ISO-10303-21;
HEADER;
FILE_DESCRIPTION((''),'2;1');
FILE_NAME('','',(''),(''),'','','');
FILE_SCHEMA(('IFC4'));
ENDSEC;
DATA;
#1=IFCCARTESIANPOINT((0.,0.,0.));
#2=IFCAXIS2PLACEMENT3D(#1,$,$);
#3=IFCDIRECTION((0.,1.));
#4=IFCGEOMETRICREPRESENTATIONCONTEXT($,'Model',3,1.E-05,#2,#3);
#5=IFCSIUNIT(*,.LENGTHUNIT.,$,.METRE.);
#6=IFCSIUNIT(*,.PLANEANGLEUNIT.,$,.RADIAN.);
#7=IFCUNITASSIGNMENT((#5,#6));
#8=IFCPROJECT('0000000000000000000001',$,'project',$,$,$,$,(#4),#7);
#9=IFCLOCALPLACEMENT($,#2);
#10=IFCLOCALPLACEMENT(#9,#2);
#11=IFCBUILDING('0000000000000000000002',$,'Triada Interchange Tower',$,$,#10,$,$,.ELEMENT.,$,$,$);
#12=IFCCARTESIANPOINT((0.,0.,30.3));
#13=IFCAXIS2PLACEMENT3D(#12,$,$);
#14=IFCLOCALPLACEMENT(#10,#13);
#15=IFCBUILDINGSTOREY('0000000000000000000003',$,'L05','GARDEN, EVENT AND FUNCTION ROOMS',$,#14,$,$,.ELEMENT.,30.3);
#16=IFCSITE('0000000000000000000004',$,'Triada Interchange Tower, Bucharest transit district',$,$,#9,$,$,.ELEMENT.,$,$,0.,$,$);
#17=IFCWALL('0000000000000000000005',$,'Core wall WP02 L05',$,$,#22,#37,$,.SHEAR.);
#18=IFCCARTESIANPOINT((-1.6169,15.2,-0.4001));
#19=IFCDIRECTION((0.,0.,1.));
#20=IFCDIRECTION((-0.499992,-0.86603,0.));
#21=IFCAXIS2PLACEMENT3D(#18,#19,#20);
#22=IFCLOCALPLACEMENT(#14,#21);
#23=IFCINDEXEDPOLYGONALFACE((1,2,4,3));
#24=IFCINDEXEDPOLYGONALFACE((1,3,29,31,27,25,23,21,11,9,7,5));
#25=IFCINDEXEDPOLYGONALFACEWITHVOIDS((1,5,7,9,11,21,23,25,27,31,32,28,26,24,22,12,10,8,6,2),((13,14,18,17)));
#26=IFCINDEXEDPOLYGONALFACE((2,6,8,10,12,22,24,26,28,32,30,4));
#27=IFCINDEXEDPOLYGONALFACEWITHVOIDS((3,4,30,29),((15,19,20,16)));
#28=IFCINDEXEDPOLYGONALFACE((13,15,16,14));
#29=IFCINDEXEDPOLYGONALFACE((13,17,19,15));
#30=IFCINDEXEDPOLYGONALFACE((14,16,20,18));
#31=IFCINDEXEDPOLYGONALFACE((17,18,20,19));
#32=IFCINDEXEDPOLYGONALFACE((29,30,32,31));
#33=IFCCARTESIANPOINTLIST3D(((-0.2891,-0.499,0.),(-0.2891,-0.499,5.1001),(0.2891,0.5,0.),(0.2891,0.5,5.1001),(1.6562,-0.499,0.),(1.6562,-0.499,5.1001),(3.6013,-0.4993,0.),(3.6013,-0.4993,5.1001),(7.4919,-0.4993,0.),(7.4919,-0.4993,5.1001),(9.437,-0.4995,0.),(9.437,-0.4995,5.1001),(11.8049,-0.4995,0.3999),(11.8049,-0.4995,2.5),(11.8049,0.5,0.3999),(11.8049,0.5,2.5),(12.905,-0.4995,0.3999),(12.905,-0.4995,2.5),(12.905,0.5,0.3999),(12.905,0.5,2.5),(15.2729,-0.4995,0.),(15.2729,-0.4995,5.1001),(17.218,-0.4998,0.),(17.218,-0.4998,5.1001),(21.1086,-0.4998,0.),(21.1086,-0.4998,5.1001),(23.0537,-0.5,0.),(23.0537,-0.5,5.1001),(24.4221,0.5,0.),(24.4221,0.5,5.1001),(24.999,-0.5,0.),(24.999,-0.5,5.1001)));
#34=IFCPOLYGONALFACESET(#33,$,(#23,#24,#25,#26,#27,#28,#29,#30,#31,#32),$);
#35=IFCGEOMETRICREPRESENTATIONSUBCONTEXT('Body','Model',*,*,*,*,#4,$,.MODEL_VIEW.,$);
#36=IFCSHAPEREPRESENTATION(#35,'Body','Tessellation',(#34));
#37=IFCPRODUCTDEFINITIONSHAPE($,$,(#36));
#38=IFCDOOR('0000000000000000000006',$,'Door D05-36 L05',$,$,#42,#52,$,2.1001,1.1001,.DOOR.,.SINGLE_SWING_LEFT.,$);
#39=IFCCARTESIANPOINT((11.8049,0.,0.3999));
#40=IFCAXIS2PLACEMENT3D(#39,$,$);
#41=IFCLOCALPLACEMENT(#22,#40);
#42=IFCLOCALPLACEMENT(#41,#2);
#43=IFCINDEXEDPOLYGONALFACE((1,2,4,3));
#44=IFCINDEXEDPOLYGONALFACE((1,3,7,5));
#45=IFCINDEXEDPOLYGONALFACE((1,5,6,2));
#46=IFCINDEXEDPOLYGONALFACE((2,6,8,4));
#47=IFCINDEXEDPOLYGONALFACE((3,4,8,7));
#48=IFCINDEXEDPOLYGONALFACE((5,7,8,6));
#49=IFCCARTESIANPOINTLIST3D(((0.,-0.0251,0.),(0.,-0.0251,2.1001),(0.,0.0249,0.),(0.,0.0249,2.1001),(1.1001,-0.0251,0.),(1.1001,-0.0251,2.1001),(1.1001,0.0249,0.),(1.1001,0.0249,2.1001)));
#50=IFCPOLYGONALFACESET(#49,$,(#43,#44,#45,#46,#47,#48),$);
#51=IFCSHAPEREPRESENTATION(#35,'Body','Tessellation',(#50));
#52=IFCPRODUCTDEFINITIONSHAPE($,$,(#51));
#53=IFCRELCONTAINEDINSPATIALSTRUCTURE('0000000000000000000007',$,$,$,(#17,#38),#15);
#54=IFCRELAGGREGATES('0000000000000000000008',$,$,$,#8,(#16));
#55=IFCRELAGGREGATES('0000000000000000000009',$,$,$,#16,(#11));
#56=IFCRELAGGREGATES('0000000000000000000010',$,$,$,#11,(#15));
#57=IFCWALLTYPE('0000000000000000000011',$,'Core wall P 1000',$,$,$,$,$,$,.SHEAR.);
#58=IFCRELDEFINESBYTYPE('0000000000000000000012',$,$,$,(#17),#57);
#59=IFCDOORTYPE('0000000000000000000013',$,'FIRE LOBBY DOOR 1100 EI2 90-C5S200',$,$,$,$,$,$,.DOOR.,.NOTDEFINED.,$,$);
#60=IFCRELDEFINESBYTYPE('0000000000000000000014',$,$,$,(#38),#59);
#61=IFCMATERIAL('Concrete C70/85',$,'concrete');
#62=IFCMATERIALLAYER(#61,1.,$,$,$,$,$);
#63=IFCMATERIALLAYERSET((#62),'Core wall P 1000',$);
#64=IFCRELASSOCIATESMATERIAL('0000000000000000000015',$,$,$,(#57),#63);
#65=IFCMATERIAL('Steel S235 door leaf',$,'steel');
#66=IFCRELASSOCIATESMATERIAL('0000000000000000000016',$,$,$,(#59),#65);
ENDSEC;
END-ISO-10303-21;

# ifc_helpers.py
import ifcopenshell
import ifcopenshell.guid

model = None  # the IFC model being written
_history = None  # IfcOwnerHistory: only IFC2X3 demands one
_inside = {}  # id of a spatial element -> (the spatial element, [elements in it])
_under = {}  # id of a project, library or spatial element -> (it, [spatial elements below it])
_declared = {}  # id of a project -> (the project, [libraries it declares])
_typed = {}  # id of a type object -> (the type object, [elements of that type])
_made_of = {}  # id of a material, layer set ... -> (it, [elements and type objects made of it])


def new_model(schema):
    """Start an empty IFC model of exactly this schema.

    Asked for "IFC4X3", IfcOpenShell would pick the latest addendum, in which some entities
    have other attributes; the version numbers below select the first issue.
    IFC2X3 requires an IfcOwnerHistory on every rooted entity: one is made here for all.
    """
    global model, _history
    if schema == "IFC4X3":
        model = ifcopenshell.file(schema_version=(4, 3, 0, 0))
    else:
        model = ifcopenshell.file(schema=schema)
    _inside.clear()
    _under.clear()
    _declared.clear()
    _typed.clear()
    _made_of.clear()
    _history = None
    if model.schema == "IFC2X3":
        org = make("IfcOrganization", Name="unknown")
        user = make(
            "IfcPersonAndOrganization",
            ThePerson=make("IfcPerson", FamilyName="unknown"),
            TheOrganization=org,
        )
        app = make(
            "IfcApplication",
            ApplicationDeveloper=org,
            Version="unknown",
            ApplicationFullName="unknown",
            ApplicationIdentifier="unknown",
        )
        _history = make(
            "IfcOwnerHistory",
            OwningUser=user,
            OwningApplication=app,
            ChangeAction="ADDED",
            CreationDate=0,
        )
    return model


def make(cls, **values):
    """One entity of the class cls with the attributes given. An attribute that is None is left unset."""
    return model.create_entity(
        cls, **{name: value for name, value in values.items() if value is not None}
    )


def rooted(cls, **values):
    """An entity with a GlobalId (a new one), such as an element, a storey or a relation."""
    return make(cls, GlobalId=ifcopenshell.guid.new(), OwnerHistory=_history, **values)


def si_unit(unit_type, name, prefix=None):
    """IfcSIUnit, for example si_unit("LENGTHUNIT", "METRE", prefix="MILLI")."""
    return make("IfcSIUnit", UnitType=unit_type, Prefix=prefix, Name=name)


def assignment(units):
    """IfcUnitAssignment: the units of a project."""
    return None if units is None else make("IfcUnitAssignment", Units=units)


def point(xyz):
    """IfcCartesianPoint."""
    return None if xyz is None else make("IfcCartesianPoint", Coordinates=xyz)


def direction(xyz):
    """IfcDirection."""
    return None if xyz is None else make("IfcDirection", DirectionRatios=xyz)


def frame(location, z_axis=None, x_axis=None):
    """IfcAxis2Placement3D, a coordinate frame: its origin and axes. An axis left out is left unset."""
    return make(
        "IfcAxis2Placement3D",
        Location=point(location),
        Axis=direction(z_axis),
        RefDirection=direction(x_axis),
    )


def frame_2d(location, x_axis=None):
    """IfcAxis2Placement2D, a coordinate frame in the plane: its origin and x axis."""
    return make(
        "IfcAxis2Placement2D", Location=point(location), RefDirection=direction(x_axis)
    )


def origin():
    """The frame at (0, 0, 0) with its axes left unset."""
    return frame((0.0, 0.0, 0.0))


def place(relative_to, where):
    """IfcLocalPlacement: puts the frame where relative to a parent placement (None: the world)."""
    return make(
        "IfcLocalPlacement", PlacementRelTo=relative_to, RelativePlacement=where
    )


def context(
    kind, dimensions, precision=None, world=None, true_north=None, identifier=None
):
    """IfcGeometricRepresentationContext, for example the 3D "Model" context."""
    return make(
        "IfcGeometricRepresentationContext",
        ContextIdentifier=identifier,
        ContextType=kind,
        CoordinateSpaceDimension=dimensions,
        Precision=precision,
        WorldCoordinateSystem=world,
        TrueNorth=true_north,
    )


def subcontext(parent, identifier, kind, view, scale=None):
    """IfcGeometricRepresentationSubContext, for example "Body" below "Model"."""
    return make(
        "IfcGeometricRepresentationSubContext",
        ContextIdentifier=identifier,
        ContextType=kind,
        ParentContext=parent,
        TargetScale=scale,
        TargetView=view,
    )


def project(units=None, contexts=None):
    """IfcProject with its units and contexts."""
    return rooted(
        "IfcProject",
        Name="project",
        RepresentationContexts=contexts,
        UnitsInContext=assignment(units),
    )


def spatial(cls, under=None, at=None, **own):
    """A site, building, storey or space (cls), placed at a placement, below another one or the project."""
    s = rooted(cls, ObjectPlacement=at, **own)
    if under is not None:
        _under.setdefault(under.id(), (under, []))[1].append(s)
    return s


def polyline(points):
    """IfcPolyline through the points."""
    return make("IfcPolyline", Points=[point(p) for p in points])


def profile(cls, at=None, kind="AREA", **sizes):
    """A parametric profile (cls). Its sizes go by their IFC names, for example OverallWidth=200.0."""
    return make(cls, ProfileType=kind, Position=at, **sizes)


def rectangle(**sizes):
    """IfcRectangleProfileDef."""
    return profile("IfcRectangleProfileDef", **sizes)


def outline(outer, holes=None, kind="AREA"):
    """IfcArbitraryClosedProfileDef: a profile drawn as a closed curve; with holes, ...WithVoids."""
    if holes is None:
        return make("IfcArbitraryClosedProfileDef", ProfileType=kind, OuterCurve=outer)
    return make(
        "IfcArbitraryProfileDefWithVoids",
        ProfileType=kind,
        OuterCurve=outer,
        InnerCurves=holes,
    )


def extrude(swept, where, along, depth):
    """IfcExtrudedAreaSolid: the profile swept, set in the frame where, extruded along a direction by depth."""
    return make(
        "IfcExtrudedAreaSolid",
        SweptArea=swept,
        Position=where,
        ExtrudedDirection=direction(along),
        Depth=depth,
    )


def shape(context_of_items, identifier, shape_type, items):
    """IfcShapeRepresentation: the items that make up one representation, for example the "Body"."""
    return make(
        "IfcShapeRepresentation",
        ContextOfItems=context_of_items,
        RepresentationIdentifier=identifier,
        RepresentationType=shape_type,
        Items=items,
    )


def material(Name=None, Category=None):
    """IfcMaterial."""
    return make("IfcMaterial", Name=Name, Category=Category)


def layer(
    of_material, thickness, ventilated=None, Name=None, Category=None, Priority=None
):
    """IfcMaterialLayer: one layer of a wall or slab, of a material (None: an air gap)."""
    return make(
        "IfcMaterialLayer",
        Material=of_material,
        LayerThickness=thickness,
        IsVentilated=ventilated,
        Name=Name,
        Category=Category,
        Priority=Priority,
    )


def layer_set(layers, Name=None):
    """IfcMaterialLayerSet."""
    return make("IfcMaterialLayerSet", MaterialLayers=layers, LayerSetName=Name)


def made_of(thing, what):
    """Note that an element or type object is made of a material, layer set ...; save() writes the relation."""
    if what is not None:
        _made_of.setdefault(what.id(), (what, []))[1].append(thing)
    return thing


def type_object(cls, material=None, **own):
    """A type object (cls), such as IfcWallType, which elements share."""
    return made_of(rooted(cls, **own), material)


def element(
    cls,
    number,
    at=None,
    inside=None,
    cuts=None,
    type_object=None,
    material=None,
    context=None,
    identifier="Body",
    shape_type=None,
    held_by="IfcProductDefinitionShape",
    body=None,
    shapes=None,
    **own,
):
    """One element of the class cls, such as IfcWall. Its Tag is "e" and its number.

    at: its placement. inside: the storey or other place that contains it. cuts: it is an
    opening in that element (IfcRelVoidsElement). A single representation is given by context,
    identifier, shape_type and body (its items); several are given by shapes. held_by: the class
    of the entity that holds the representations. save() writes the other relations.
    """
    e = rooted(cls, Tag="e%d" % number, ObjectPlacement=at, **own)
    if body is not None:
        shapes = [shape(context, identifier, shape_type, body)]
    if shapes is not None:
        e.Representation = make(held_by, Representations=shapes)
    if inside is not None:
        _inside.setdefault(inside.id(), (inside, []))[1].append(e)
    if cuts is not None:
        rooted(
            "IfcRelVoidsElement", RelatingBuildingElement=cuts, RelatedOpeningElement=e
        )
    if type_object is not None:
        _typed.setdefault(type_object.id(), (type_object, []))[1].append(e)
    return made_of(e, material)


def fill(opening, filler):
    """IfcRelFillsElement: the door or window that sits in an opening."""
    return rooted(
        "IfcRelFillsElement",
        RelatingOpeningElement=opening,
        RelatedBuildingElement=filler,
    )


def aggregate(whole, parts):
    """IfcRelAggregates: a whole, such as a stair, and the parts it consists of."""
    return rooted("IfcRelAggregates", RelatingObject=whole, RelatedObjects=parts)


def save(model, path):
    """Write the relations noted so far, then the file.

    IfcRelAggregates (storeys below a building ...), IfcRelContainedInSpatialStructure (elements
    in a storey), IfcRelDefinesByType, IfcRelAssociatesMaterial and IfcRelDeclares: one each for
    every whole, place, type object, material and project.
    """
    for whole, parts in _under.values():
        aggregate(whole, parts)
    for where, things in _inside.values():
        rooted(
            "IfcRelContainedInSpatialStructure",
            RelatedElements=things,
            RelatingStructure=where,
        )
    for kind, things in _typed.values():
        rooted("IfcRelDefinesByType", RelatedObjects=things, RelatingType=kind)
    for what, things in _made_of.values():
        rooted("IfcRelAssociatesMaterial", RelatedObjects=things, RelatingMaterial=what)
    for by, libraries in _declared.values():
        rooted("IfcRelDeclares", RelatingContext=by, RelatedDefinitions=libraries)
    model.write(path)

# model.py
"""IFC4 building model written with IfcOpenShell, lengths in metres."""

from ifc_helpers import new_model, si_unit, direction, frame, frame_2d, origin, place, context, subcontext, project, spatial, polyline, rectangle, outline, extrude, material, layer, layer_set, type_object, element, fill, save


model = new_model("IFC4")

# Units and contexts
model_context = context("Model", 3, precision=1e-05, world=origin(), true_north=direction((0.0, 1.0)))
body_context = subcontext(model_context, "Body", "Model", "MODEL_VIEW")
ifc_project = project(units=[si_unit("LENGTHUNIT", "METRE"), si_unit("PLANEANGLEUNIT", "RADIAN")], contexts=[model_context])

# Site, building, storey
site_placement = place(None, origin())
site = spatial("IfcSite", under=ifc_project, at=site_placement, Name="Triada Interchange Tower, Bucharest transit district", CompositionType="ELEMENT", RefElevation=0.0)
building_placement = place(site_placement, origin())
building = spatial("IfcBuilding", under=site, at=building_placement, Name="Triada Interchange Tower", CompositionType="ELEMENT")
storey_placement = place(building_placement, frame((0.0, 0.0, 30.3)))
storey = spatial("IfcBuildingStorey", under=building, at=storey_placement, Name="L05", Description="GARDEN, EVENT AND FUNCTION ROOMS", CompositionType="ELEMENT", Elevation=30.3)

# Shared definitions
ifc_material_1 = material(Name="Concrete C70/85", Category="concrete")

# Wall, opening, door
ifc_layer_1 = layer(ifc_material_1, 1.0)
ifc_layer_set_1 = layer_set([ifc_layer_1], Name="Core wall P 1000")
wall_type_1 = type_object("IfcWallType", Name="Core wall P 1000", PredefinedType="SHEAR", material=ifc_layer_set_1)
wall_1_placement = place(storey_placement, frame((-1.6169, 15.2, -0.4001), z_axis=(0.0, 0.0, 1.0), x_axis=(-0.499992, -0.86603, 0.0)))
wall_1 = element("IfcWall", 1, at=wall_1_placement, inside=storey, type_object=wall_type_1, Name="Core wall WP02 L05", PredefinedType="SHEAR", context=body_context, shape_type="SweptSolid", body=[
    extrude(outline(polyline([(-0.2891, -0.499), (1.6562, -0.499), (3.6013, -0.4993), (5.5466, -0.4993), (7.4919, -0.4993), (9.437, -0.4995), (11.3823, -0.4995), (13.3276, -0.4995), (15.2729, -0.4995), (17.218, -0.4998), (19.1633, -0.4998), (21.1086, -0.4998), (23.0537, -0.5), (24.999, -0.5), (24.4221, 0.5), (22.5657, 0.5), (20.7092, 0.5), (18.853, 0.5), (16.9966, 0.5), (15.1401, 0.5), (13.2837, 0.5), (11.4275, 0.5), (9.571, 0.5), (7.7146, 0.5), (5.8582, 0.5), (4.002, 0.5), (2.1455, 0.5), (0.2891, 0.5), (-0.2891, -0.499)])), origin(), (0.0, 0.0, 1.0), 5.1001),
])
opening_placement = place(wall_1_placement, frame((11.8049, 0.0, 0.3999)))
opening = element("IfcOpeningElement", 2, at=opening_placement, cuts=wall_1, PredefinedType="OPENING", context=body_context, shape_type="SweptSolid", body=[
    extrude(rectangle(XDim=1.1001, YDim=2.1001, at=frame_2d((0.55, 1.05))), frame((0.0, 0.51, 0.0), z_axis=(0.0, -1.0, 0.0), x_axis=(1.0, 0.0, 0.0)), (0.0, 0.0, 1.0), 1.02),
])
ifc_material_2 = material(Name="Steel S235 door leaf", Category="steel")
door_type = type_object("IfcDoorType", Name="FIRE LOBBY DOOR 1100 EI2 90-C5S200", OperationType="NOTDEFINED", PredefinedType="DOOR", material=ifc_material_2)
door_placement = place(opening_placement, origin())
door = element("IfcDoor", 3, at=door_placement, inside=storey, type_object=door_type, Name="Door D05-36 L05", OperationType="SINGLE_SWING_LEFT", OverallHeight=2.1001, OverallWidth=1.1001, PredefinedType="DOOR", context=body_context, shape_type="SweptSolid", body=[
    extrude(rectangle(XDim=1.1001, YDim=2.1001, at=frame_2d((0.55, 1.05))), frame((0.0, 0.0249, 0.0), z_axis=(0.0, -1.0, 0.0), x_axis=(1.0, 0.0, 0.0)), (0.0, 0.0, 1.0), 0.05),
])
fill(opening, door)

save(model, "model.ifc")
